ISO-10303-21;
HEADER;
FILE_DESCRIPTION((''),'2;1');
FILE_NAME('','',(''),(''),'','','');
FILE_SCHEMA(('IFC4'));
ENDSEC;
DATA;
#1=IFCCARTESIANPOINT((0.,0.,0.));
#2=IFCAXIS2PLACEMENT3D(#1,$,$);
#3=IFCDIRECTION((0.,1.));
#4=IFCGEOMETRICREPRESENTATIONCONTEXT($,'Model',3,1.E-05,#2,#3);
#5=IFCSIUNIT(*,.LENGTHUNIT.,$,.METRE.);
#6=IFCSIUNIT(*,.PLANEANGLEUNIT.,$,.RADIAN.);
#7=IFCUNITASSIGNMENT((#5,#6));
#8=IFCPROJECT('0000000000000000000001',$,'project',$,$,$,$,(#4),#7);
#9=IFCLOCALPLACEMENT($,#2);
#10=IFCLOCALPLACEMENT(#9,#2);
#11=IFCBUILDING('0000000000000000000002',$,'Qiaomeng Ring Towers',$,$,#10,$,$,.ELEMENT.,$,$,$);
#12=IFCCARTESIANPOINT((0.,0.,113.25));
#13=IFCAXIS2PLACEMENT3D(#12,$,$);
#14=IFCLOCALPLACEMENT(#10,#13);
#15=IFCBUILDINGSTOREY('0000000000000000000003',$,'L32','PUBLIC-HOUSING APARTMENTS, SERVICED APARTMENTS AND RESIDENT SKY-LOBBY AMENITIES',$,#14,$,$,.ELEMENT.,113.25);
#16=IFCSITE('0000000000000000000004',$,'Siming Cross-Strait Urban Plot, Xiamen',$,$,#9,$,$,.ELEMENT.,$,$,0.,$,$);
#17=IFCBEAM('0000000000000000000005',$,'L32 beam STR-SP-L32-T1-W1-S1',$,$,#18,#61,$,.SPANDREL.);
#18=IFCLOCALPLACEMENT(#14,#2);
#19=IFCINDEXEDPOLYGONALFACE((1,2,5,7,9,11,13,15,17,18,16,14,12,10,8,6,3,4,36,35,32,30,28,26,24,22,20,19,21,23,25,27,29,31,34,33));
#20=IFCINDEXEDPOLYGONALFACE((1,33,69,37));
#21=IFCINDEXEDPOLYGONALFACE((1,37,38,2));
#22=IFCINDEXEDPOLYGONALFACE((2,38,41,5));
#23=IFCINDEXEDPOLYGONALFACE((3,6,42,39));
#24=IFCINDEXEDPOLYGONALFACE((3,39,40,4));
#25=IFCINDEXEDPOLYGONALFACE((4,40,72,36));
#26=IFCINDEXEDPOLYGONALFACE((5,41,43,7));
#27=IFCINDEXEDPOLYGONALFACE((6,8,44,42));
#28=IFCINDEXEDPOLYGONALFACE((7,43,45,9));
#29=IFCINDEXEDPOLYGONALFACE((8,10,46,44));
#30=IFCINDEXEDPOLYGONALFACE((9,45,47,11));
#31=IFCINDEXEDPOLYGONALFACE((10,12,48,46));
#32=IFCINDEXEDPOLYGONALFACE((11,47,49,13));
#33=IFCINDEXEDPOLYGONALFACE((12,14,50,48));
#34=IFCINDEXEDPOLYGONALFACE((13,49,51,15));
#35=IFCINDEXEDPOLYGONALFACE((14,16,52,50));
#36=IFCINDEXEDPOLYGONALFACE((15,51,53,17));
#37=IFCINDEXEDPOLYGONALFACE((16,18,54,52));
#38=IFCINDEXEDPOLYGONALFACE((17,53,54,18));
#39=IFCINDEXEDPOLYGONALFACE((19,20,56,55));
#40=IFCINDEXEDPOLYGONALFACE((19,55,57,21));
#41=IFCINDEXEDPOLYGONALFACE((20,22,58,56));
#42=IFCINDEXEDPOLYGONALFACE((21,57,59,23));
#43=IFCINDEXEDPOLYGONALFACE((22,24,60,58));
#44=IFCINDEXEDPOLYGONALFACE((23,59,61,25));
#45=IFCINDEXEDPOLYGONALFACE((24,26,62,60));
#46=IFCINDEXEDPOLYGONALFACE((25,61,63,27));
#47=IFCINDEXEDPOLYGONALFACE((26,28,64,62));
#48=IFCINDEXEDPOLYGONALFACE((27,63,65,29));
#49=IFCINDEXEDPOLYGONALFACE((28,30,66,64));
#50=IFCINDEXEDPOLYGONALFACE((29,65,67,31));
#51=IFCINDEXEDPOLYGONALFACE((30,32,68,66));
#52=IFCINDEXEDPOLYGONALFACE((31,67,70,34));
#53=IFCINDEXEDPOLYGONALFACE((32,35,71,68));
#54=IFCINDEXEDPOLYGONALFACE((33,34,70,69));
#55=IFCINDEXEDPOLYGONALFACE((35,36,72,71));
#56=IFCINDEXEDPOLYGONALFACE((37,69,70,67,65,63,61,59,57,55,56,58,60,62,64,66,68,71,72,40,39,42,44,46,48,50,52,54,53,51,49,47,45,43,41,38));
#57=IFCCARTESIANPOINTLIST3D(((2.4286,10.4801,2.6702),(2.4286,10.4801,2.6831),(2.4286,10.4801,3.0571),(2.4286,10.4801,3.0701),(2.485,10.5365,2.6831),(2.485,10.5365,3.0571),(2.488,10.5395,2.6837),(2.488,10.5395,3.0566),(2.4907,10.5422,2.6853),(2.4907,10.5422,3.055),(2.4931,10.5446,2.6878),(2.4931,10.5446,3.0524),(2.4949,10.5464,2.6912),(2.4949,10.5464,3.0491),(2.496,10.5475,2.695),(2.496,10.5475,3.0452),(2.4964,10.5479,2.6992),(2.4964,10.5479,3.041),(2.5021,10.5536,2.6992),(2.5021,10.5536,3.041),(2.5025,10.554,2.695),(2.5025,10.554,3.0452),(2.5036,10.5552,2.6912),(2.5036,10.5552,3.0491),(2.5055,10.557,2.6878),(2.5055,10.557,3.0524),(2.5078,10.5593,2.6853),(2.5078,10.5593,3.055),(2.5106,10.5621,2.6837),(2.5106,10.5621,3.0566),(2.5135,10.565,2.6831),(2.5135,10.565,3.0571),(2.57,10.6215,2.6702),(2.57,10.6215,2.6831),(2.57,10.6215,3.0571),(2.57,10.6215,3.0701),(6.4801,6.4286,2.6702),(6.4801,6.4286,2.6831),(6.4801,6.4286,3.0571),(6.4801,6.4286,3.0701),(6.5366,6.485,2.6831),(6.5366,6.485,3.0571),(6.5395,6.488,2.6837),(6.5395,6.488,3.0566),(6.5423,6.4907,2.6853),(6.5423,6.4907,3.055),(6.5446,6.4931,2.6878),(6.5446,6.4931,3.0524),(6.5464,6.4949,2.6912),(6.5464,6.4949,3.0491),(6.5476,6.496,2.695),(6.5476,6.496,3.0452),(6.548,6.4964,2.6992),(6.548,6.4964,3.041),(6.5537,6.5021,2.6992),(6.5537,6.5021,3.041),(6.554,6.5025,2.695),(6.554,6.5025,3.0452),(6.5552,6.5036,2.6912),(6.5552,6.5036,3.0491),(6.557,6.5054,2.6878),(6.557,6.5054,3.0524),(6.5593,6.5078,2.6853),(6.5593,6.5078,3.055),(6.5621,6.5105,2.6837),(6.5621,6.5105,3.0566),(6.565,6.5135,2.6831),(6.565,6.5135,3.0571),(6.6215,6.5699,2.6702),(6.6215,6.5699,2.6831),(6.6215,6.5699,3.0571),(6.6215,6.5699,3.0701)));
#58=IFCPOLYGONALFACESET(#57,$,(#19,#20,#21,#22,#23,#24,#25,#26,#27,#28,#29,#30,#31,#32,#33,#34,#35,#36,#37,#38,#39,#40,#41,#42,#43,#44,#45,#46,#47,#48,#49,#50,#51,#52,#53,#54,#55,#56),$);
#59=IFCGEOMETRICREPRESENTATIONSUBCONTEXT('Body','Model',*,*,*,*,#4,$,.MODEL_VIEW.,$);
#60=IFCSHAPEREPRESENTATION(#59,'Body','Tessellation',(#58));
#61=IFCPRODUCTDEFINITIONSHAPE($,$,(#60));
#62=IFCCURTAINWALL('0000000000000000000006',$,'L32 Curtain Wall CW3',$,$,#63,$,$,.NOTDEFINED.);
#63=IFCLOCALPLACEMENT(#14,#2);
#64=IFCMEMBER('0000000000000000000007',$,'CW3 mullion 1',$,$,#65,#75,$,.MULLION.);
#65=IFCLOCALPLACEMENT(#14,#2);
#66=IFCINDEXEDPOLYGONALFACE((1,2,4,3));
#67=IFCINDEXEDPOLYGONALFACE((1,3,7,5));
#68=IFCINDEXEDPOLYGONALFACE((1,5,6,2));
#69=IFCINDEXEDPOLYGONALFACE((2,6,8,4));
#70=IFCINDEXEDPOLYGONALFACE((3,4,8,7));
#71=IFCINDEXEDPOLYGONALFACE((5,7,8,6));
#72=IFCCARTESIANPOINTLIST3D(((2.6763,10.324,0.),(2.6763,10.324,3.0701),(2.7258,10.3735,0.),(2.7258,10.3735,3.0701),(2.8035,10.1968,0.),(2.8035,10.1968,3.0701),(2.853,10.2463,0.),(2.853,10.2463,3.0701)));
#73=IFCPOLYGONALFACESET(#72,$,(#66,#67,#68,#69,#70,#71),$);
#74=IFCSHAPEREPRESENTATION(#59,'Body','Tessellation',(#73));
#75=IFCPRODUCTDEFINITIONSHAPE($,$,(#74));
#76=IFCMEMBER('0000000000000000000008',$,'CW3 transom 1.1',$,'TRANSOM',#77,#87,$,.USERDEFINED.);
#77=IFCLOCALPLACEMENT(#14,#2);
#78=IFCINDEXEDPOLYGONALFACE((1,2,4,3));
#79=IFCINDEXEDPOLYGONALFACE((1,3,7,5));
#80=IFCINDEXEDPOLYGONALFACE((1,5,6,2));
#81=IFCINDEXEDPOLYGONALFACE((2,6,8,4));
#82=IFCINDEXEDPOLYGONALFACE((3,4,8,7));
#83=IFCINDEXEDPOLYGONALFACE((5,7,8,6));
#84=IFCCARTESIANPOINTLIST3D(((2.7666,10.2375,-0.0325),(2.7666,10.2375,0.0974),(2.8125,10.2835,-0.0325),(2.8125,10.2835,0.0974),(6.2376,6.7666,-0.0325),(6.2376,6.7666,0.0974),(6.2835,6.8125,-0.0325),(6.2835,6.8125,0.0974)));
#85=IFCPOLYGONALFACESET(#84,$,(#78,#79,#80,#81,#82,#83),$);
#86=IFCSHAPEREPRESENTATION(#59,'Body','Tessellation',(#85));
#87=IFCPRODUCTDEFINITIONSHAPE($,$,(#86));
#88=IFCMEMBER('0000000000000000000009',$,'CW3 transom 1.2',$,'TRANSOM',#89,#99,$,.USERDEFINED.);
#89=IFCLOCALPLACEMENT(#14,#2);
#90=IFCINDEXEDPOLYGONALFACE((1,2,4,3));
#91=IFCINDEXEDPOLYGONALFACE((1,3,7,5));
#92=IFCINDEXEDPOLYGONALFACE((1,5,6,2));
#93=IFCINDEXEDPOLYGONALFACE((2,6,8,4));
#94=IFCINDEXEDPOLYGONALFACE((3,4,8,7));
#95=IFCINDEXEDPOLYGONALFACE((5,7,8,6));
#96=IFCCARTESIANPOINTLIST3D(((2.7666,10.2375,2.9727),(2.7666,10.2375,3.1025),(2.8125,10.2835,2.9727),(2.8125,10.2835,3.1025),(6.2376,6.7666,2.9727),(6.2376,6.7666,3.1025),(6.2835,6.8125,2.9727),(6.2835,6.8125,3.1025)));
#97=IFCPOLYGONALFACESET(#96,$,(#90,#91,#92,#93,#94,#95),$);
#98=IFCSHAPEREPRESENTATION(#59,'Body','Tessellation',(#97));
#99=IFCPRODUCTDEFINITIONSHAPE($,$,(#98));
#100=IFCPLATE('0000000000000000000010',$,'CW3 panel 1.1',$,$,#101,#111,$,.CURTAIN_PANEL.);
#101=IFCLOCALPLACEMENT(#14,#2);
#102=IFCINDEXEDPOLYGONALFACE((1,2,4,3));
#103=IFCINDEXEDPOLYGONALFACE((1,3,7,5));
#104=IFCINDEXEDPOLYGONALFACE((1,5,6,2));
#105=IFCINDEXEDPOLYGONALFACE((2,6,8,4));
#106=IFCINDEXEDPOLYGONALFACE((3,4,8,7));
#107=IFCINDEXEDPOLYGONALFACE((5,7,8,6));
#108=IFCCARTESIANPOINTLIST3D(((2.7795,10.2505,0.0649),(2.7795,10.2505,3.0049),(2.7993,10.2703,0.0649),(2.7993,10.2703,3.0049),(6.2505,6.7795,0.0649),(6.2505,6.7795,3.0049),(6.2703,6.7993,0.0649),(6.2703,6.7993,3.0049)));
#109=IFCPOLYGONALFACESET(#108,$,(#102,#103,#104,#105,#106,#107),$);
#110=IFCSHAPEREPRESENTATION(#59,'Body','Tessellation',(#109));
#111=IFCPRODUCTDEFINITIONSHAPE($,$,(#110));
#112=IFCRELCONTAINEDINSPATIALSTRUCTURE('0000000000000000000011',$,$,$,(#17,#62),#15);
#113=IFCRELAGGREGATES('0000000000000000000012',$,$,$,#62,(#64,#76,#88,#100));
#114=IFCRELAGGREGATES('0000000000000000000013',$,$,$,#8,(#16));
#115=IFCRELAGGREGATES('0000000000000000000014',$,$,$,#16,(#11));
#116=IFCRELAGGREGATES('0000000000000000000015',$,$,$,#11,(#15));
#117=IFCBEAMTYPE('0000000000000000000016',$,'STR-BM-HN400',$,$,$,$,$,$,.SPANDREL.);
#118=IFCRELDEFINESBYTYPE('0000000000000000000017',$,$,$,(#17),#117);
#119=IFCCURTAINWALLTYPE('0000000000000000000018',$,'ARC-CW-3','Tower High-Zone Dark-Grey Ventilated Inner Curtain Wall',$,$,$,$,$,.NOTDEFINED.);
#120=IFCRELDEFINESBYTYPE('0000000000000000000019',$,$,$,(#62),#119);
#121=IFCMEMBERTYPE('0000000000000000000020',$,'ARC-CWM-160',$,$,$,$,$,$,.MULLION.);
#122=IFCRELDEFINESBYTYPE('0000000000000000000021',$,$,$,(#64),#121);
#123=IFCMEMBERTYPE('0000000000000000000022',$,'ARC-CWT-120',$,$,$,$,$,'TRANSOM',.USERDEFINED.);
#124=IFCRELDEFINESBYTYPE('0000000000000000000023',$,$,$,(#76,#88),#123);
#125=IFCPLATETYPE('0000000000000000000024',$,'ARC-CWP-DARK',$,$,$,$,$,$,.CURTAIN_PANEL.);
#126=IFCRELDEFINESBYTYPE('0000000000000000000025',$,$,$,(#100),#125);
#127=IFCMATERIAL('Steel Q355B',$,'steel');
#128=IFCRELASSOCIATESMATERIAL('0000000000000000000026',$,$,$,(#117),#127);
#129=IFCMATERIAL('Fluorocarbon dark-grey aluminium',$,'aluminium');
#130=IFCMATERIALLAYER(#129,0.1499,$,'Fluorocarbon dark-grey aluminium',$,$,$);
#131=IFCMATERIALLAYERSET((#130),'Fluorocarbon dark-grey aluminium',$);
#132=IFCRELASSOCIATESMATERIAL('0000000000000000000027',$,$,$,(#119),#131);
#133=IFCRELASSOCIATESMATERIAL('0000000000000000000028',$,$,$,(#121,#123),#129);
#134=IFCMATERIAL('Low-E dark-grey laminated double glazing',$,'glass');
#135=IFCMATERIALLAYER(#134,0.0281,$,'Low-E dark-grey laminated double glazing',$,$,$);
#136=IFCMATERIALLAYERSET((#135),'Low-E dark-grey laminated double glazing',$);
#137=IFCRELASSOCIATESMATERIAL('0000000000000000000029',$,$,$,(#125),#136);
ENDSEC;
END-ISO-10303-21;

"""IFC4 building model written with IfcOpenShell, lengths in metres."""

from ifc_helpers import new_model, si_unit, direction, frame, origin, origin_2d, place, context, subcontext, project, spatial, rectangle, i_section, extrude, source, transform, mapped, material, layer, layer_set, material_profile, profile_set, type_object, element, aggregate, save


model = new_model("IFC4")

# Units and contexts
model_context = context("Model", 3, precision=1e-05, world=origin(), true_north=direction((0.0, 1.0)))
body_context = subcontext(model_context, "Body", "Model", "MODEL_VIEW")
ifc_project = project(units=[si_unit("LENGTHUNIT", "METRE"), si_unit("PLANEANGLEUNIT", "RADIAN")], contexts=[model_context])

# Site, building, storey
site_placement = place(None, origin())
site = spatial("IfcSite", under=ifc_project, at=site_placement, Name="Siming Cross-Strait Urban Plot, Xiamen", CompositionType="ELEMENT", RefElevation=0.0)
building_placement = place(site_placement, origin())
building = spatial("IfcBuilding", under=site, at=building_placement, Name="Qiaomeng Ring Towers", CompositionType="ELEMENT")
storey_placement = place(building_placement, frame((0.0, 0.0, 113.25)))
storey = spatial("IfcBuildingStorey", under=building, at=storey_placement, Name="L32", Description="PUBLIC-HOUSING APARTMENTS, SERVICED APARTMENTS AND RESIDENT SKY-LOBBY AMENITIES", CompositionType="ELEMENT", Elevation=113.25)

# Beam
ifc_material_1 = material(Name="Steel Q355B", Category="steel")
ifc_material_profile_1 = material_profile(ifc_material_1, i_section(OverallWidth=0.2, OverallDepth=0.3999, WebThickness=0.0081, FlangeThickness=0.0129, FilletRadius=0.0161, at=origin_2d()), Name="HN 400x200x8x13")
ifc_profile_set_1 = profile_set([ifc_material_profile_1], Name="Steel Q355B")
beam_type = type_object("IfcBeamType", Name="STR-BM-HN400", PredefinedType="SPANDREL", material=ifc_profile_set_1)
shared_shape_1 = source(origin(), body_context, "Body", "SweptSolid", [
    extrude(i_section(OverallWidth=0.2, OverallDepth=0.3999, WebThickness=0.0081, FlangeThickness=0.0129, FilletRadius=0.0161, at=origin_2d()), origin(), (0.0, 0.0, 1.0), 5.7297),
])
beam_placement = place(storey_placement, frame((2.4993, 10.5508, 2.8701), z_axis=(0.707107, -0.707107, 0.0), x_axis=(0.707107, 0.707107, 0.0)))
element("IfcBeam", 1, at=beam_placement, inside=storey, type_object=beam_type, Name="L32 beam STR-SP-L32-T1-W1-S1", PredefinedType="SPANDREL", context=body_context, shape_type="MappedRepresentation", body=[
    mapped(shared_shape_1, transform((0.0, 0.0, 0.0), x_axis=(1.0, 0.0, 0.0), y_axis=(0.0, 1.0, 0.0), z_axis=(0.0, 0.0, 1.0), scale=1.0)),
])

# Curtain wall, members, plate
ifc_material_2 = material(Name="Fluorocarbon dark-grey aluminium", Category="aluminium")
ifc_layer_1 = layer(ifc_material_2, 0.1499, Name="Fluorocarbon dark-grey aluminium")
ifc_layer_set_1 = layer_set([ifc_layer_1], Name="Fluorocarbon dark-grey aluminium")
curtain_wall_type = type_object("IfcCurtainWallType", Name="ARC-CW-3", Description="Tower High-Zone Dark-Grey Ventilated Inner Curtain Wall", PredefinedType="NOTDEFINED", material=ifc_layer_set_1)
curtain_wall_placement = place(storey_placement, origin())
curtain_wall = element("IfcCurtainWall", 2, at=curtain_wall_placement, inside=storey, type_object=curtain_wall_type, Name="L32 Curtain Wall CW3", PredefinedType="NOTDEFINED")
ifc_material_profile_2 = material_profile(ifc_material_2, rectangle(XDim=0.0701, YDim=0.1799, at=origin_2d()), Name="ALU MULL 70x180")
ifc_profile_set_2 = profile_set([ifc_material_profile_2], Name="Fluorocarbon dark-grey aluminium")
member_type_1 = type_object("IfcMemberType", Name="ARC-CWM-160", PredefinedType="MULLION", material=ifc_profile_set_2)
shared_shape_2 = source(origin(), body_context, "Body", "SweptSolid", [
    extrude(rectangle(XDim=0.0701, YDim=0.1799, at=origin_2d()), origin(), (0.0, 0.0, 1.0), 3.0701),
])
member_1_placement = place(storey_placement, frame((2.7646, 10.2852, 0.0), z_axis=(0.0, 0.0, 1.0), x_axis=(0.707107, 0.707107, 0.0)))
member_1 = element("IfcMember", 3, at=member_1_placement, type_object=member_type_1, Name="CW3 mullion 1", PredefinedType="MULLION", context=body_context, shape_type="MappedRepresentation", body=[
    mapped(shared_shape_2, transform((0.0, 0.0, 0.0), x_axis=(1.0, 0.0, 0.0), y_axis=(0.0, 1.0, 0.0), z_axis=(0.0, 0.0, 1.0), scale=1.0)),
])
ifc_material_profile_3 = material_profile(ifc_material_2, rectangle(XDim=0.0649, YDim=0.1299, at=origin_2d()), Name="ALU TRAN 65x130")
ifc_profile_set_3 = profile_set([ifc_material_profile_3], Name="Fluorocarbon dark-grey aluminium")
member_type_2 = type_object("IfcMemberType", Name="ARC-CWT-120", ElementType="TRANSOM", PredefinedType="USERDEFINED", material=ifc_profile_set_3)
shared_shape_3 = source(origin(), body_context, "Body", "SweptSolid", [
    extrude(rectangle(XDim=0.0649, YDim=0.1299, at=origin_2d()), origin(), (0.0, 0.0, 1.0), 4.9087),
])
member_2_placement = place(storey_placement, frame((2.7896, 10.2605, 0.0325), z_axis=(0.707107, -0.707107, 0.0), x_axis=(0.707107, 0.707107, 0.0)))
member_2 = element("IfcMember", 4, at=member_2_placement, type_object=member_type_2, Name="CW3 transom 1.1", ObjectType="TRANSOM", PredefinedType="USERDEFINED", context=body_context, shape_type="MappedRepresentation", body=[
    mapped(shared_shape_3, transform((0.0, 0.0, 0.0), x_axis=(1.0, 0.0, 0.0), y_axis=(0.0, 1.0, 0.0), z_axis=(0.0, 0.0, 1.0), scale=1.0)),
])
member_3_placement = place(storey_placement, frame((2.7896, 10.2605, 3.0376), z_axis=(0.707107, -0.707107, 0.0), x_axis=(0.707107, 0.707107, 0.0)))
member_3 = element("IfcMember", 5, at=member_3_placement, type_object=member_type_2, Name="CW3 transom 1.2", ObjectType="TRANSOM", PredefinedType="USERDEFINED", context=body_context, shape_type="MappedRepresentation", body=[
    mapped(shared_shape_3, transform((0.0, 0.0, 0.0), x_axis=(1.0, 0.0, 0.0), y_axis=(0.0, 1.0, 0.0), z_axis=(0.0, 0.0, 1.0), scale=1.0)),
])
ifc_material_3 = material(Name="Low-E dark-grey laminated double glazing", Category="glass")
ifc_layer_2 = layer(ifc_material_3, 0.0281, Name="Low-E dark-grey laminated double glazing")
ifc_layer_set_2 = layer_set([ifc_layer_2], Name="Low-E dark-grey laminated double glazing")
plate_type = type_object("IfcPlateType", Name="ARC-CWP-DARK", PredefinedType="CURTAIN_PANEL", material=ifc_layer_set_2)
shared_shape_4 = source(origin(), body_context, "Body", "SweptSolid", [
    extrude(rectangle(XDim=4.9087, YDim=0.0281, at=origin_2d()), origin(), (0.0, 0.0, 1.0), 2.9399),
])
plate_placement = place(storey_placement, frame((4.5249, 8.5249, 0.0649), z_axis=(0.0, 0.0, 1.0), x_axis=(0.707107, -0.707107, 0.0)))
plate = element("IfcPlate", 6, at=plate_placement, type_object=plate_type, Name="CW3 panel 1.1", PredefinedType="CURTAIN_PANEL", context=body_context, shape_type="MappedRepresentation", body=[
    mapped(shared_shape_4, transform((0.0, 0.0, 0.0), x_axis=(1.0, 0.0, 0.0), y_axis=(0.0, 1.0, 0.0), z_axis=(0.0, 0.0, 1.0), scale=1.0)),
])
aggregate(curtain_wall, [member_1, member_2, member_3, plate])

save(model, "model.ifc")
